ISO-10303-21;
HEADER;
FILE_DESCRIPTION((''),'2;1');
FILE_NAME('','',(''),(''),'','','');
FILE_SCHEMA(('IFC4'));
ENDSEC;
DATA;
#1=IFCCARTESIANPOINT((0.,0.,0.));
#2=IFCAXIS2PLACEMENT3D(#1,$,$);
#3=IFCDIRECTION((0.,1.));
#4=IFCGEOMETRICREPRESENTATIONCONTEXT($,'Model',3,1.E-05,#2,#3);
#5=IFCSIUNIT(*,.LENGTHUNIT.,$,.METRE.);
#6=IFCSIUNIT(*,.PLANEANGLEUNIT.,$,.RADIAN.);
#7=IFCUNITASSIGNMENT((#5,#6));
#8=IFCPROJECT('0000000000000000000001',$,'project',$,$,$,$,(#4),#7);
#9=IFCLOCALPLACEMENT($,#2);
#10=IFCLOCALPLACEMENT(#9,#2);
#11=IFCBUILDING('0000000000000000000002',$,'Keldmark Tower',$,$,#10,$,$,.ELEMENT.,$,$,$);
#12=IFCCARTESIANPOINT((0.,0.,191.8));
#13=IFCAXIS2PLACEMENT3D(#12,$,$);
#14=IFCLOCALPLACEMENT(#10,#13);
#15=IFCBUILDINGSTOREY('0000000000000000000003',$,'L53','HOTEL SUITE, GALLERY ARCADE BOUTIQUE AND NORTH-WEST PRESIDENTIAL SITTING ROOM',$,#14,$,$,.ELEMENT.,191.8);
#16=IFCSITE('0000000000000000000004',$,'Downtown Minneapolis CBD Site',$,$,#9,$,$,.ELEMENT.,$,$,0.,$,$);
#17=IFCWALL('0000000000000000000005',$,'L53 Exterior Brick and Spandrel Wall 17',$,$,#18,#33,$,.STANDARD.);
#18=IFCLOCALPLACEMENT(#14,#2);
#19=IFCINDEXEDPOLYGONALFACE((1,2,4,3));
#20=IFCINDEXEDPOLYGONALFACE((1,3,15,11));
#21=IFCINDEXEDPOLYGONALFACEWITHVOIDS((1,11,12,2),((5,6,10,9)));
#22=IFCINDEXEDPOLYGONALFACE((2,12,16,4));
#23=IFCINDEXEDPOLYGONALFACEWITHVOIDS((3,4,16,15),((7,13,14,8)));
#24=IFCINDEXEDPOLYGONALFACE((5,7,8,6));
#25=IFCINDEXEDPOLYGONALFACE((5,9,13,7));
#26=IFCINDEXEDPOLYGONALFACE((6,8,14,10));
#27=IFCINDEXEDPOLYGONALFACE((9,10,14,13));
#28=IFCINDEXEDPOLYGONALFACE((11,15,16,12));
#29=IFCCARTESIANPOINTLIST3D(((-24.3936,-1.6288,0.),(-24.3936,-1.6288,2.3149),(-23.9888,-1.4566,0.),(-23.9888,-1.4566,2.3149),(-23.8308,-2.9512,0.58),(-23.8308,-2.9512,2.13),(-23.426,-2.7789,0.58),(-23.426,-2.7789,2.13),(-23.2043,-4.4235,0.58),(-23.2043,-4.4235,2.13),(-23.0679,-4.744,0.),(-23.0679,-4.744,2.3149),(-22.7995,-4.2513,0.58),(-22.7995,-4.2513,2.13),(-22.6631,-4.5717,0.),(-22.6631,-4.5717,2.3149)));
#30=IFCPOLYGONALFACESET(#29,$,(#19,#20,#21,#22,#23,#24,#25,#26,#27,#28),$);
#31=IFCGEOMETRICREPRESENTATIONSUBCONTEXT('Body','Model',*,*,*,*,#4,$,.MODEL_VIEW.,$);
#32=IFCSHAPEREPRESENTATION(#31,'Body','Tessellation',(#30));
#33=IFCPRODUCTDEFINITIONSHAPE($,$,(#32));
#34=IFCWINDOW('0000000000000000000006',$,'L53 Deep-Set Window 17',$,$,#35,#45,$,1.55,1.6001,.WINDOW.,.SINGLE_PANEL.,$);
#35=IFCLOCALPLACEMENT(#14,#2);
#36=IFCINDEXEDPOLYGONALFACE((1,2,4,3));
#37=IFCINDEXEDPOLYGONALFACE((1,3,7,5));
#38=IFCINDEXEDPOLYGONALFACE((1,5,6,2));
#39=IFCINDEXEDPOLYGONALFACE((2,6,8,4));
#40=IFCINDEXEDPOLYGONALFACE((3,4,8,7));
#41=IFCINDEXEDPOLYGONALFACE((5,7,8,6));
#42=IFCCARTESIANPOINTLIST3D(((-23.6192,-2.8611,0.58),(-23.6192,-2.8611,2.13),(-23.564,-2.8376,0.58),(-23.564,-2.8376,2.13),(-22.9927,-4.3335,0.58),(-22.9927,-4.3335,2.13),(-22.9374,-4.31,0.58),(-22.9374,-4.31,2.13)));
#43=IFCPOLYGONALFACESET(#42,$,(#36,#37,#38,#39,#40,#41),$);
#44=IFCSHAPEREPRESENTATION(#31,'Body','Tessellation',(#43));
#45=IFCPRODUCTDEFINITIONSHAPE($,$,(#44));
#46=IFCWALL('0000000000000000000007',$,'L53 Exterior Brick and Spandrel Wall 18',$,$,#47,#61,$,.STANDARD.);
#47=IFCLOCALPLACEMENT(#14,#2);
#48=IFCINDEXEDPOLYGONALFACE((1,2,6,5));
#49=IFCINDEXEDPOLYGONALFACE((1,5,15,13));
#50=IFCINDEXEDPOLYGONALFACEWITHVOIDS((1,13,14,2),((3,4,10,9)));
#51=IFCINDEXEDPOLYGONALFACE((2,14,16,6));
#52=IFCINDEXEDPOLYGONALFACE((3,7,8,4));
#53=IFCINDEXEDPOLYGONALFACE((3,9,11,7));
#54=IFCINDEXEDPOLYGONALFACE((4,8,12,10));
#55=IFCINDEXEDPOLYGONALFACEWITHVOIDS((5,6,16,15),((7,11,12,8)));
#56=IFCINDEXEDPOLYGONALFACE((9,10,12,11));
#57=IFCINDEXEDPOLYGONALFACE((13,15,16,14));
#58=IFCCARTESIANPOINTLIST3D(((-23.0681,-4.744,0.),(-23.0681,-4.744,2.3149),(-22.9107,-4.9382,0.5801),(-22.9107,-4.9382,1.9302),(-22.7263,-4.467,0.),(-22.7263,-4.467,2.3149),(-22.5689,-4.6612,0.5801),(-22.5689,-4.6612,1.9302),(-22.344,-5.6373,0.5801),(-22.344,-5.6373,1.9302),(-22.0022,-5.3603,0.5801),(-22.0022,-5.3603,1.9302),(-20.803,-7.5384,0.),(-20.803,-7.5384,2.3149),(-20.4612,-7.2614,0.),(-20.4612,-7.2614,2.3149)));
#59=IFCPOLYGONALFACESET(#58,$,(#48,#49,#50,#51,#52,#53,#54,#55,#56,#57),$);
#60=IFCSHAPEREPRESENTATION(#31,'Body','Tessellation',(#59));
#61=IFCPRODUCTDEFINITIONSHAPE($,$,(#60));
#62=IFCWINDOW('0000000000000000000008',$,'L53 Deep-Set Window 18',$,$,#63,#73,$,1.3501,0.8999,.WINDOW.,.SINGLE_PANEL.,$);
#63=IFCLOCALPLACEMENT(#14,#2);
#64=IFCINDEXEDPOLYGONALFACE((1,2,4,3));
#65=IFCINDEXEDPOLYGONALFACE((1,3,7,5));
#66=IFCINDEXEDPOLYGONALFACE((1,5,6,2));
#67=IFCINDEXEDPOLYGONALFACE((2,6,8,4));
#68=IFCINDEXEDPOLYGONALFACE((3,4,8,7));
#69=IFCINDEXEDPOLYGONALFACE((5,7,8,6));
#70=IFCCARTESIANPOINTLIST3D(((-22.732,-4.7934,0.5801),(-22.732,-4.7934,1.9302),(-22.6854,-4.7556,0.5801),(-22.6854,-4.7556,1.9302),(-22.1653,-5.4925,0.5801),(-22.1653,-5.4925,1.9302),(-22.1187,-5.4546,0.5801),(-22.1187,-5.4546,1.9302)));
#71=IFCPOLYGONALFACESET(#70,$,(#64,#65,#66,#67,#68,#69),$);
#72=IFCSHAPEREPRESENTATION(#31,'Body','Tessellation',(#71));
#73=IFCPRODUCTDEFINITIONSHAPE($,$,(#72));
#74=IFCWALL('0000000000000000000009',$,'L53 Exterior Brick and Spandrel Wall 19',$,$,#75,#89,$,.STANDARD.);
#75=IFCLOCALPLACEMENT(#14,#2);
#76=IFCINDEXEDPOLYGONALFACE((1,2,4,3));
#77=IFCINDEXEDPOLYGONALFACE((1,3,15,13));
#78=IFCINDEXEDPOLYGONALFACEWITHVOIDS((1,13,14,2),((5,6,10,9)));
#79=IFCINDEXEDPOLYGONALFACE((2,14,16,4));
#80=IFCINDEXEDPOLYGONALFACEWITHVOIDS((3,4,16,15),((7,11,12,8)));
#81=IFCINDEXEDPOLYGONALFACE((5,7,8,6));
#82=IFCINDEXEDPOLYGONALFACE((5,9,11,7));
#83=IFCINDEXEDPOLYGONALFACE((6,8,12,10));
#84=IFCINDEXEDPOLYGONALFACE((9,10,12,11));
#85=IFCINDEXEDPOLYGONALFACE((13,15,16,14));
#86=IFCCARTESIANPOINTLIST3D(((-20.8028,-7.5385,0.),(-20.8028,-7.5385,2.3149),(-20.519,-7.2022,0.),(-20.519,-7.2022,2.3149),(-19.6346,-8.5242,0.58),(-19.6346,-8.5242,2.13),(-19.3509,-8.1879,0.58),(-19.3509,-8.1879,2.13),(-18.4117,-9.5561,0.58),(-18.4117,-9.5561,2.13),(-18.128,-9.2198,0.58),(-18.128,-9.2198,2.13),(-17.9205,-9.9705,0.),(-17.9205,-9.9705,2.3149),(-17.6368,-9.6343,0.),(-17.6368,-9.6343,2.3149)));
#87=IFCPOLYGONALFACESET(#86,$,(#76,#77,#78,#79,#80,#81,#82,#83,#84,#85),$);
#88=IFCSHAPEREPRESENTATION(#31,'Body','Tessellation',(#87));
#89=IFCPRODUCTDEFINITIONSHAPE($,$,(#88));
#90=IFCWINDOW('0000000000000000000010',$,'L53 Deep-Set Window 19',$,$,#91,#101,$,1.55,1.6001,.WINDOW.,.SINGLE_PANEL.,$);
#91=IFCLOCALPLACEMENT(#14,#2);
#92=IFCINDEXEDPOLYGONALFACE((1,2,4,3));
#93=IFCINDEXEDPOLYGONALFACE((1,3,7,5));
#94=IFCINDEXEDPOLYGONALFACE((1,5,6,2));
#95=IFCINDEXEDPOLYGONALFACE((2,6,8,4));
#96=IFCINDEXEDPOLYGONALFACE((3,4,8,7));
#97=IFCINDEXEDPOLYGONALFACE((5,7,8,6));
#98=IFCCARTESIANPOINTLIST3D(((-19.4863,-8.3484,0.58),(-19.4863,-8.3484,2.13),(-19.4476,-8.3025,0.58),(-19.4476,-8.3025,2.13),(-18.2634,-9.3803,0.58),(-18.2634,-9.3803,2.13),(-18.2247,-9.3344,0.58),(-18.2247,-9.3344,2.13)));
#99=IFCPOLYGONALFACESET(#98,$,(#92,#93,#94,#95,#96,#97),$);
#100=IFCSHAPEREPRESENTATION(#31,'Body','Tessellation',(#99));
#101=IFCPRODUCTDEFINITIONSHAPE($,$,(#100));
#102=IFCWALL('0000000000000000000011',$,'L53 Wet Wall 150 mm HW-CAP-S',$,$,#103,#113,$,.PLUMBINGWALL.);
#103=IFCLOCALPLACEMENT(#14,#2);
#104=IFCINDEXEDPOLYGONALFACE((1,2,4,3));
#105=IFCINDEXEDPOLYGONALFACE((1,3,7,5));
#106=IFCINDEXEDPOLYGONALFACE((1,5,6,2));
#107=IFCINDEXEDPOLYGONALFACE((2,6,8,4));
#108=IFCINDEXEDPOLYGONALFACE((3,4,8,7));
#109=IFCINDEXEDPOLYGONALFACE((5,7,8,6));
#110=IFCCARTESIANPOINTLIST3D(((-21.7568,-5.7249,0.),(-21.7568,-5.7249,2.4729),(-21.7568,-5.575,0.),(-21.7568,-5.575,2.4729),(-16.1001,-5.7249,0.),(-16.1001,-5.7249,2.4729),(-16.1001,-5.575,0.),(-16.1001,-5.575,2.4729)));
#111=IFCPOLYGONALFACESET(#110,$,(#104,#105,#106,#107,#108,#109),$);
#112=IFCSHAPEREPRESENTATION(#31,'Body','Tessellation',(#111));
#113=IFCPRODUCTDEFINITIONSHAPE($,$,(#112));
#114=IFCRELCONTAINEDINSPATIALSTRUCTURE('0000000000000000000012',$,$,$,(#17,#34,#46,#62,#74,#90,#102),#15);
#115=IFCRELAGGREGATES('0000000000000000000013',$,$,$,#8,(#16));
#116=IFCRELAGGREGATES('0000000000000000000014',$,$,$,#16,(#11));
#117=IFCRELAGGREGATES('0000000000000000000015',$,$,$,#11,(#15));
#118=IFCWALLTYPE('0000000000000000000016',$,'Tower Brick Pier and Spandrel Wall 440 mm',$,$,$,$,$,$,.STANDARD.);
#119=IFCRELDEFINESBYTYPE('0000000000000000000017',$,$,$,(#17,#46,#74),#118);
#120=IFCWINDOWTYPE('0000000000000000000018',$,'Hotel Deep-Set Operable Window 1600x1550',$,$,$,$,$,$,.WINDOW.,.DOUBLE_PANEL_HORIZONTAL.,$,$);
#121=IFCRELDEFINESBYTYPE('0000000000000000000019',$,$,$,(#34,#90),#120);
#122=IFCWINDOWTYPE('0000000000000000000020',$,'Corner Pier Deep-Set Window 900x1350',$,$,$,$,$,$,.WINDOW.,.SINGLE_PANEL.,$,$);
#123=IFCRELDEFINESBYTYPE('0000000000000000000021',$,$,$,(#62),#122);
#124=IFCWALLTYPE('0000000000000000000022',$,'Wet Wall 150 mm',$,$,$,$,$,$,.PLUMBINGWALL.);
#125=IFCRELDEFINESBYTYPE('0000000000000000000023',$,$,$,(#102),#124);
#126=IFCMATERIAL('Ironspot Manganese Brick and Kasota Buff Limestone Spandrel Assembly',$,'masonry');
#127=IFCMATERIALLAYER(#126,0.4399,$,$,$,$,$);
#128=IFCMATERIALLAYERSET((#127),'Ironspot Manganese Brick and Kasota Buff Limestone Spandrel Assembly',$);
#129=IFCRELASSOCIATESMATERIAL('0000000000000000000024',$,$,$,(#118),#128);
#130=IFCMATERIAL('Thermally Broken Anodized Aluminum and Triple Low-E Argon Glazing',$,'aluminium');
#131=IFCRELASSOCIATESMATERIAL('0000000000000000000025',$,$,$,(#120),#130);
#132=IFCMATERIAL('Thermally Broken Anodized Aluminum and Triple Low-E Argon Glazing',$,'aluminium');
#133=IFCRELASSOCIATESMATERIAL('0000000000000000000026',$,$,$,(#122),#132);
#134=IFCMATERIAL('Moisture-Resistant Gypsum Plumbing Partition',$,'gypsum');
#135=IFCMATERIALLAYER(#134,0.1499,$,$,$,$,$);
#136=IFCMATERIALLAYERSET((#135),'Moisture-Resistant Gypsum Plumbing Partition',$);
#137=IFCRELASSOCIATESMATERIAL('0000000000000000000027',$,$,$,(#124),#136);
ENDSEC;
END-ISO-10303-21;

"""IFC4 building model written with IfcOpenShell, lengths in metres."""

from ifc_helpers import new_model, si_unit, direction, frame, frame_2d, origin, place, context, subcontext, project, spatial, rectangle, extrude, material, layer, layer_set, type_object, element, fill, save


model = new_model("IFC4")

# Units and contexts
model_context = context("Model", 3, precision=1e-05, world=origin(), true_north=direction((0.0, 1.0)))
body_context = subcontext(model_context, "Body", "Model", "MODEL_VIEW")
ifc_project = project(units=[si_unit("LENGTHUNIT", "METRE"), si_unit("PLANEANGLEUNIT", "RADIAN")], contexts=[model_context])

# Site, building, storey
site_placement = place(None, origin())
site = spatial("IfcSite", under=ifc_project, at=site_placement, Name="Downtown Minneapolis CBD Site", CompositionType="ELEMENT", RefElevation=0.0)
building_placement = place(site_placement, origin())
building = spatial("IfcBuilding", under=site, at=building_placement, Name="Keldmark Tower", CompositionType="ELEMENT")
storey_placement = place(building_placement, frame((0.0, 0.0, 191.8)))
storey = spatial("IfcBuildingStorey", under=building, at=storey_placement, Name="L53", Description="HOTEL SUITE, GALLERY ARCADE BOUTIQUE AND NORTH-WEST PRESIDENTIAL SITTING ROOM", CompositionType="ELEMENT", Elevation=191.8)

# Walls, openings, windows
ifc_material_1 = material(Name="Ironspot Manganese Brick and Kasota Buff Limestone Spandrel Assembly", Category="masonry")
ifc_layer_1 = layer(ifc_material_1, 0.4399)
ifc_layer_set_1 = layer_set([ifc_layer_1], Name="Ironspot Manganese Brick and Kasota Buff Limestone Spandrel Assembly")
wall_type_1 = type_object("IfcWallType", Name="Tower Brick Pier and Spandrel Wall 440 mm", PredefinedType="STANDARD", material=ifc_layer_set_1)
wall_1_placement = place(storey_placement, frame((-22.8655, -4.658, 0.0), z_axis=(0.0, 0.0, 1.0), x_axis=(-0.391568, 0.920149, 0.0)))
wall_1 = element("IfcWall", 1, at=wall_1_placement, inside=storey, type_object=wall_type_1, Name="L53 Exterior Brick and Spandrel Wall 17", PredefinedType="STANDARD", context=body_context, shape_type="SweptSolid", body=[
    extrude(rectangle(XDim=3.3855, YDim=0.4399, at=frame_2d((1.6929, 0.0))), origin(), (0.0, 0.0, 1.0), 2.3149),
])
opening_1_placement = place(wall_1_placement, frame((0.3484, 0.0, 0.5801)))
opening_1 = element("IfcOpeningElement", 2, at=opening_1_placement, cuts=wall_1, PredefinedType="OPENING", context=body_context, shape_type="SweptSolid", body=[
    extrude(rectangle(XDim=1.6001, YDim=1.55, at=frame_2d((0.8, 0.7749))), frame((0.0, 0.23, 0.0), z_axis=(0.0, -1.0, 0.0), x_axis=(1.0, 0.0, 0.0)), (0.0, 0.0, 1.0), 0.46),
])
ifc_material_2 = material(Name="Thermally Broken Anodized Aluminum and Triple Low-E Argon Glazing", Category="aluminium")
window_type_1 = type_object("IfcWindowType", Name="Hotel Deep-Set Operable Window 1600x1550", PartitioningType="DOUBLE_PANEL_HORIZONTAL", PredefinedType="WINDOW", material=ifc_material_2)
window_1_placement = place(opening_1_placement, origin())
window_1 = element("IfcWindow", 3, at=window_1_placement, inside=storey, type_object=window_type_1, Name="L53 Deep-Set Window 17", OverallHeight=1.55, OverallWidth=1.6001, PartitioningType="SINGLE_PANEL", PredefinedType="WINDOW", context=body_context, shape_type="SweptSolid", body=[
    extrude(rectangle(XDim=1.6001, YDim=1.55, at=frame_2d((0.8, 0.7749))), frame((0.0, -0.01, 0.0), z_axis=(0.0, -1.0, 0.0), x_axis=(1.0, 0.0, 0.0)), (0.0, 0.0, 1.0), 0.0601),
])
fill(opening_1, window_1)
wall_2_placement = place(storey_placement, frame((-20.6321, -7.3999, 0.0), z_axis=(0.0, 0.0, 1.0), x_axis=(-0.629698, 0.77684, 0.0)))
wall_2 = element("IfcWall", 4, at=wall_2_placement, inside=storey, type_object=wall_type_1, Name="L53 Exterior Brick and Spandrel Wall 18", PredefinedType="STANDARD", context=body_context, shape_type="SweptSolid", body=[
    extrude(rectangle(XDim=3.5972, YDim=0.4399, at=frame_2d((1.7986, 0.0))), origin(), (0.0, 0.0, 1.0), 2.3149),
])
opening_2_placement = place(wall_2_placement, frame((2.4473, 0.0, 0.5801)))
opening_2 = element("IfcOpeningElement", 5, at=opening_2_placement, cuts=wall_2, PredefinedType="OPENING", context=body_context, shape_type="SweptSolid", body=[
    extrude(rectangle(XDim=0.8999, YDim=1.3501, at=frame_2d((0.45, 0.675))), frame((0.0, 0.23, 0.0), z_axis=(0.0, -1.0, 0.0), x_axis=(1.0, 0.0, 0.0)), (0.0, 0.0, 1.0), 0.46),
])
ifc_material_3 = material(Name="Thermally Broken Anodized Aluminum and Triple Low-E Argon Glazing", Category="aluminium")
window_type_2 = type_object("IfcWindowType", Name="Corner Pier Deep-Set Window 900x1350", PartitioningType="SINGLE_PANEL", PredefinedType="WINDOW", material=ifc_material_3)
window_2_placement = place(opening_2_placement, origin())
window_2 = element("IfcWindow", 6, at=window_2_placement, inside=storey, type_object=window_type_2, Name="L53 Deep-Set Window 18", OverallHeight=1.3501, OverallWidth=0.8999, PartitioningType="SINGLE_PANEL", PredefinedType="WINDOW", context=body_context, shape_type="SweptSolid", body=[
    extrude(rectangle(XDim=0.8999, YDim=1.3501, at=frame_2d((0.45, 0.675))), frame((0.0, -0.01, 0.0), z_axis=(0.0, -1.0, 0.0), x_axis=(1.0, 0.0, 0.0)), (0.0, 0.0, 1.0), 0.0601),
])
fill(opening_2, window_2)
wall_3_placement = place(storey_placement, frame((-17.7786, -9.8025, 0.0), z_axis=(0.0, 0.0, 1.0), x_axis=(-0.76427, 0.644897, 0.0)))
wall_3 = element("IfcWall", 7, at=wall_3_placement, inside=storey, type_object=wall_type_1, Name="L53 Exterior Brick and Spandrel Wall 19", PredefinedType="STANDARD", context=body_context, shape_type="SweptSolid", body=[
    extrude(rectangle(XDim=3.7712, YDim=0.4399, at=frame_2d((1.8857, 0.0))), origin(), (0.0, 0.0, 1.0), 2.3149),
])
opening_3_placement = place(wall_3_placement, frame((0.6428, 0.0, 0.5801)))
opening_3 = element("IfcOpeningElement", 8, at=opening_3_placement, cuts=wall_3, PredefinedType="OPENING", context=body_context, shape_type="SweptSolid", body=[
    extrude(rectangle(XDim=1.6001, YDim=1.55, at=frame_2d((0.8, 0.7749))), frame((0.0, 0.23, 0.0), z_axis=(0.0, -1.0, 0.0), x_axis=(1.0, 0.0, 0.0)), (0.0, 0.0, 1.0), 0.46),
])
window_3_placement = place(opening_3_placement, origin())
window_3 = element("IfcWindow", 9, at=window_3_placement, inside=storey, type_object=window_type_1, Name="L53 Deep-Set Window 19", OverallHeight=1.55, OverallWidth=1.6001, PartitioningType="SINGLE_PANEL", PredefinedType="WINDOW", context=body_context, shape_type="SweptSolid", body=[
    extrude(rectangle(XDim=1.6001, YDim=1.55, at=frame_2d((0.8, 0.7749))), frame((0.0, -0.01, 0.0), z_axis=(0.0, -1.0, 0.0), x_axis=(1.0, 0.0, 0.0)), (0.0, 0.0, 1.0), 0.0601),
])
fill(opening_3, window_3)

# Wall
ifc_material_4 = material(Name="Moisture-Resistant Gypsum Plumbing Partition", Category="gypsum")
ifc_layer_2 = layer(ifc_material_4, 0.1499)
ifc_layer_set_2 = layer_set([ifc_layer_2], Name="Moisture-Resistant Gypsum Plumbing Partition")
wall_type_2 = type_object("IfcWallType", Name="Wet Wall 150 mm", PredefinedType="PLUMBINGWALL", material=ifc_layer_set_2)
wall_4_placement = place(storey_placement, frame((-21.7568, -5.6499, 0.0), z_axis=(0.0, 0.0, 1.0), x_axis=(1.0, 0.0, 0.0)))
element("IfcWall", 10, at=wall_4_placement, inside=storey, type_object=wall_type_2, Name="L53 Wet Wall 150 mm HW-CAP-S", PredefinedType="PLUMBINGWALL", context=body_context, shape_type="SweptSolid", body=[
    extrude(rectangle(XDim=5.6567, YDim=0.1499, at=frame_2d((2.8284, 0.0))), origin(), (0.0, 0.0, 1.0), 2.4729),
])

save(model, "model.ifc")
